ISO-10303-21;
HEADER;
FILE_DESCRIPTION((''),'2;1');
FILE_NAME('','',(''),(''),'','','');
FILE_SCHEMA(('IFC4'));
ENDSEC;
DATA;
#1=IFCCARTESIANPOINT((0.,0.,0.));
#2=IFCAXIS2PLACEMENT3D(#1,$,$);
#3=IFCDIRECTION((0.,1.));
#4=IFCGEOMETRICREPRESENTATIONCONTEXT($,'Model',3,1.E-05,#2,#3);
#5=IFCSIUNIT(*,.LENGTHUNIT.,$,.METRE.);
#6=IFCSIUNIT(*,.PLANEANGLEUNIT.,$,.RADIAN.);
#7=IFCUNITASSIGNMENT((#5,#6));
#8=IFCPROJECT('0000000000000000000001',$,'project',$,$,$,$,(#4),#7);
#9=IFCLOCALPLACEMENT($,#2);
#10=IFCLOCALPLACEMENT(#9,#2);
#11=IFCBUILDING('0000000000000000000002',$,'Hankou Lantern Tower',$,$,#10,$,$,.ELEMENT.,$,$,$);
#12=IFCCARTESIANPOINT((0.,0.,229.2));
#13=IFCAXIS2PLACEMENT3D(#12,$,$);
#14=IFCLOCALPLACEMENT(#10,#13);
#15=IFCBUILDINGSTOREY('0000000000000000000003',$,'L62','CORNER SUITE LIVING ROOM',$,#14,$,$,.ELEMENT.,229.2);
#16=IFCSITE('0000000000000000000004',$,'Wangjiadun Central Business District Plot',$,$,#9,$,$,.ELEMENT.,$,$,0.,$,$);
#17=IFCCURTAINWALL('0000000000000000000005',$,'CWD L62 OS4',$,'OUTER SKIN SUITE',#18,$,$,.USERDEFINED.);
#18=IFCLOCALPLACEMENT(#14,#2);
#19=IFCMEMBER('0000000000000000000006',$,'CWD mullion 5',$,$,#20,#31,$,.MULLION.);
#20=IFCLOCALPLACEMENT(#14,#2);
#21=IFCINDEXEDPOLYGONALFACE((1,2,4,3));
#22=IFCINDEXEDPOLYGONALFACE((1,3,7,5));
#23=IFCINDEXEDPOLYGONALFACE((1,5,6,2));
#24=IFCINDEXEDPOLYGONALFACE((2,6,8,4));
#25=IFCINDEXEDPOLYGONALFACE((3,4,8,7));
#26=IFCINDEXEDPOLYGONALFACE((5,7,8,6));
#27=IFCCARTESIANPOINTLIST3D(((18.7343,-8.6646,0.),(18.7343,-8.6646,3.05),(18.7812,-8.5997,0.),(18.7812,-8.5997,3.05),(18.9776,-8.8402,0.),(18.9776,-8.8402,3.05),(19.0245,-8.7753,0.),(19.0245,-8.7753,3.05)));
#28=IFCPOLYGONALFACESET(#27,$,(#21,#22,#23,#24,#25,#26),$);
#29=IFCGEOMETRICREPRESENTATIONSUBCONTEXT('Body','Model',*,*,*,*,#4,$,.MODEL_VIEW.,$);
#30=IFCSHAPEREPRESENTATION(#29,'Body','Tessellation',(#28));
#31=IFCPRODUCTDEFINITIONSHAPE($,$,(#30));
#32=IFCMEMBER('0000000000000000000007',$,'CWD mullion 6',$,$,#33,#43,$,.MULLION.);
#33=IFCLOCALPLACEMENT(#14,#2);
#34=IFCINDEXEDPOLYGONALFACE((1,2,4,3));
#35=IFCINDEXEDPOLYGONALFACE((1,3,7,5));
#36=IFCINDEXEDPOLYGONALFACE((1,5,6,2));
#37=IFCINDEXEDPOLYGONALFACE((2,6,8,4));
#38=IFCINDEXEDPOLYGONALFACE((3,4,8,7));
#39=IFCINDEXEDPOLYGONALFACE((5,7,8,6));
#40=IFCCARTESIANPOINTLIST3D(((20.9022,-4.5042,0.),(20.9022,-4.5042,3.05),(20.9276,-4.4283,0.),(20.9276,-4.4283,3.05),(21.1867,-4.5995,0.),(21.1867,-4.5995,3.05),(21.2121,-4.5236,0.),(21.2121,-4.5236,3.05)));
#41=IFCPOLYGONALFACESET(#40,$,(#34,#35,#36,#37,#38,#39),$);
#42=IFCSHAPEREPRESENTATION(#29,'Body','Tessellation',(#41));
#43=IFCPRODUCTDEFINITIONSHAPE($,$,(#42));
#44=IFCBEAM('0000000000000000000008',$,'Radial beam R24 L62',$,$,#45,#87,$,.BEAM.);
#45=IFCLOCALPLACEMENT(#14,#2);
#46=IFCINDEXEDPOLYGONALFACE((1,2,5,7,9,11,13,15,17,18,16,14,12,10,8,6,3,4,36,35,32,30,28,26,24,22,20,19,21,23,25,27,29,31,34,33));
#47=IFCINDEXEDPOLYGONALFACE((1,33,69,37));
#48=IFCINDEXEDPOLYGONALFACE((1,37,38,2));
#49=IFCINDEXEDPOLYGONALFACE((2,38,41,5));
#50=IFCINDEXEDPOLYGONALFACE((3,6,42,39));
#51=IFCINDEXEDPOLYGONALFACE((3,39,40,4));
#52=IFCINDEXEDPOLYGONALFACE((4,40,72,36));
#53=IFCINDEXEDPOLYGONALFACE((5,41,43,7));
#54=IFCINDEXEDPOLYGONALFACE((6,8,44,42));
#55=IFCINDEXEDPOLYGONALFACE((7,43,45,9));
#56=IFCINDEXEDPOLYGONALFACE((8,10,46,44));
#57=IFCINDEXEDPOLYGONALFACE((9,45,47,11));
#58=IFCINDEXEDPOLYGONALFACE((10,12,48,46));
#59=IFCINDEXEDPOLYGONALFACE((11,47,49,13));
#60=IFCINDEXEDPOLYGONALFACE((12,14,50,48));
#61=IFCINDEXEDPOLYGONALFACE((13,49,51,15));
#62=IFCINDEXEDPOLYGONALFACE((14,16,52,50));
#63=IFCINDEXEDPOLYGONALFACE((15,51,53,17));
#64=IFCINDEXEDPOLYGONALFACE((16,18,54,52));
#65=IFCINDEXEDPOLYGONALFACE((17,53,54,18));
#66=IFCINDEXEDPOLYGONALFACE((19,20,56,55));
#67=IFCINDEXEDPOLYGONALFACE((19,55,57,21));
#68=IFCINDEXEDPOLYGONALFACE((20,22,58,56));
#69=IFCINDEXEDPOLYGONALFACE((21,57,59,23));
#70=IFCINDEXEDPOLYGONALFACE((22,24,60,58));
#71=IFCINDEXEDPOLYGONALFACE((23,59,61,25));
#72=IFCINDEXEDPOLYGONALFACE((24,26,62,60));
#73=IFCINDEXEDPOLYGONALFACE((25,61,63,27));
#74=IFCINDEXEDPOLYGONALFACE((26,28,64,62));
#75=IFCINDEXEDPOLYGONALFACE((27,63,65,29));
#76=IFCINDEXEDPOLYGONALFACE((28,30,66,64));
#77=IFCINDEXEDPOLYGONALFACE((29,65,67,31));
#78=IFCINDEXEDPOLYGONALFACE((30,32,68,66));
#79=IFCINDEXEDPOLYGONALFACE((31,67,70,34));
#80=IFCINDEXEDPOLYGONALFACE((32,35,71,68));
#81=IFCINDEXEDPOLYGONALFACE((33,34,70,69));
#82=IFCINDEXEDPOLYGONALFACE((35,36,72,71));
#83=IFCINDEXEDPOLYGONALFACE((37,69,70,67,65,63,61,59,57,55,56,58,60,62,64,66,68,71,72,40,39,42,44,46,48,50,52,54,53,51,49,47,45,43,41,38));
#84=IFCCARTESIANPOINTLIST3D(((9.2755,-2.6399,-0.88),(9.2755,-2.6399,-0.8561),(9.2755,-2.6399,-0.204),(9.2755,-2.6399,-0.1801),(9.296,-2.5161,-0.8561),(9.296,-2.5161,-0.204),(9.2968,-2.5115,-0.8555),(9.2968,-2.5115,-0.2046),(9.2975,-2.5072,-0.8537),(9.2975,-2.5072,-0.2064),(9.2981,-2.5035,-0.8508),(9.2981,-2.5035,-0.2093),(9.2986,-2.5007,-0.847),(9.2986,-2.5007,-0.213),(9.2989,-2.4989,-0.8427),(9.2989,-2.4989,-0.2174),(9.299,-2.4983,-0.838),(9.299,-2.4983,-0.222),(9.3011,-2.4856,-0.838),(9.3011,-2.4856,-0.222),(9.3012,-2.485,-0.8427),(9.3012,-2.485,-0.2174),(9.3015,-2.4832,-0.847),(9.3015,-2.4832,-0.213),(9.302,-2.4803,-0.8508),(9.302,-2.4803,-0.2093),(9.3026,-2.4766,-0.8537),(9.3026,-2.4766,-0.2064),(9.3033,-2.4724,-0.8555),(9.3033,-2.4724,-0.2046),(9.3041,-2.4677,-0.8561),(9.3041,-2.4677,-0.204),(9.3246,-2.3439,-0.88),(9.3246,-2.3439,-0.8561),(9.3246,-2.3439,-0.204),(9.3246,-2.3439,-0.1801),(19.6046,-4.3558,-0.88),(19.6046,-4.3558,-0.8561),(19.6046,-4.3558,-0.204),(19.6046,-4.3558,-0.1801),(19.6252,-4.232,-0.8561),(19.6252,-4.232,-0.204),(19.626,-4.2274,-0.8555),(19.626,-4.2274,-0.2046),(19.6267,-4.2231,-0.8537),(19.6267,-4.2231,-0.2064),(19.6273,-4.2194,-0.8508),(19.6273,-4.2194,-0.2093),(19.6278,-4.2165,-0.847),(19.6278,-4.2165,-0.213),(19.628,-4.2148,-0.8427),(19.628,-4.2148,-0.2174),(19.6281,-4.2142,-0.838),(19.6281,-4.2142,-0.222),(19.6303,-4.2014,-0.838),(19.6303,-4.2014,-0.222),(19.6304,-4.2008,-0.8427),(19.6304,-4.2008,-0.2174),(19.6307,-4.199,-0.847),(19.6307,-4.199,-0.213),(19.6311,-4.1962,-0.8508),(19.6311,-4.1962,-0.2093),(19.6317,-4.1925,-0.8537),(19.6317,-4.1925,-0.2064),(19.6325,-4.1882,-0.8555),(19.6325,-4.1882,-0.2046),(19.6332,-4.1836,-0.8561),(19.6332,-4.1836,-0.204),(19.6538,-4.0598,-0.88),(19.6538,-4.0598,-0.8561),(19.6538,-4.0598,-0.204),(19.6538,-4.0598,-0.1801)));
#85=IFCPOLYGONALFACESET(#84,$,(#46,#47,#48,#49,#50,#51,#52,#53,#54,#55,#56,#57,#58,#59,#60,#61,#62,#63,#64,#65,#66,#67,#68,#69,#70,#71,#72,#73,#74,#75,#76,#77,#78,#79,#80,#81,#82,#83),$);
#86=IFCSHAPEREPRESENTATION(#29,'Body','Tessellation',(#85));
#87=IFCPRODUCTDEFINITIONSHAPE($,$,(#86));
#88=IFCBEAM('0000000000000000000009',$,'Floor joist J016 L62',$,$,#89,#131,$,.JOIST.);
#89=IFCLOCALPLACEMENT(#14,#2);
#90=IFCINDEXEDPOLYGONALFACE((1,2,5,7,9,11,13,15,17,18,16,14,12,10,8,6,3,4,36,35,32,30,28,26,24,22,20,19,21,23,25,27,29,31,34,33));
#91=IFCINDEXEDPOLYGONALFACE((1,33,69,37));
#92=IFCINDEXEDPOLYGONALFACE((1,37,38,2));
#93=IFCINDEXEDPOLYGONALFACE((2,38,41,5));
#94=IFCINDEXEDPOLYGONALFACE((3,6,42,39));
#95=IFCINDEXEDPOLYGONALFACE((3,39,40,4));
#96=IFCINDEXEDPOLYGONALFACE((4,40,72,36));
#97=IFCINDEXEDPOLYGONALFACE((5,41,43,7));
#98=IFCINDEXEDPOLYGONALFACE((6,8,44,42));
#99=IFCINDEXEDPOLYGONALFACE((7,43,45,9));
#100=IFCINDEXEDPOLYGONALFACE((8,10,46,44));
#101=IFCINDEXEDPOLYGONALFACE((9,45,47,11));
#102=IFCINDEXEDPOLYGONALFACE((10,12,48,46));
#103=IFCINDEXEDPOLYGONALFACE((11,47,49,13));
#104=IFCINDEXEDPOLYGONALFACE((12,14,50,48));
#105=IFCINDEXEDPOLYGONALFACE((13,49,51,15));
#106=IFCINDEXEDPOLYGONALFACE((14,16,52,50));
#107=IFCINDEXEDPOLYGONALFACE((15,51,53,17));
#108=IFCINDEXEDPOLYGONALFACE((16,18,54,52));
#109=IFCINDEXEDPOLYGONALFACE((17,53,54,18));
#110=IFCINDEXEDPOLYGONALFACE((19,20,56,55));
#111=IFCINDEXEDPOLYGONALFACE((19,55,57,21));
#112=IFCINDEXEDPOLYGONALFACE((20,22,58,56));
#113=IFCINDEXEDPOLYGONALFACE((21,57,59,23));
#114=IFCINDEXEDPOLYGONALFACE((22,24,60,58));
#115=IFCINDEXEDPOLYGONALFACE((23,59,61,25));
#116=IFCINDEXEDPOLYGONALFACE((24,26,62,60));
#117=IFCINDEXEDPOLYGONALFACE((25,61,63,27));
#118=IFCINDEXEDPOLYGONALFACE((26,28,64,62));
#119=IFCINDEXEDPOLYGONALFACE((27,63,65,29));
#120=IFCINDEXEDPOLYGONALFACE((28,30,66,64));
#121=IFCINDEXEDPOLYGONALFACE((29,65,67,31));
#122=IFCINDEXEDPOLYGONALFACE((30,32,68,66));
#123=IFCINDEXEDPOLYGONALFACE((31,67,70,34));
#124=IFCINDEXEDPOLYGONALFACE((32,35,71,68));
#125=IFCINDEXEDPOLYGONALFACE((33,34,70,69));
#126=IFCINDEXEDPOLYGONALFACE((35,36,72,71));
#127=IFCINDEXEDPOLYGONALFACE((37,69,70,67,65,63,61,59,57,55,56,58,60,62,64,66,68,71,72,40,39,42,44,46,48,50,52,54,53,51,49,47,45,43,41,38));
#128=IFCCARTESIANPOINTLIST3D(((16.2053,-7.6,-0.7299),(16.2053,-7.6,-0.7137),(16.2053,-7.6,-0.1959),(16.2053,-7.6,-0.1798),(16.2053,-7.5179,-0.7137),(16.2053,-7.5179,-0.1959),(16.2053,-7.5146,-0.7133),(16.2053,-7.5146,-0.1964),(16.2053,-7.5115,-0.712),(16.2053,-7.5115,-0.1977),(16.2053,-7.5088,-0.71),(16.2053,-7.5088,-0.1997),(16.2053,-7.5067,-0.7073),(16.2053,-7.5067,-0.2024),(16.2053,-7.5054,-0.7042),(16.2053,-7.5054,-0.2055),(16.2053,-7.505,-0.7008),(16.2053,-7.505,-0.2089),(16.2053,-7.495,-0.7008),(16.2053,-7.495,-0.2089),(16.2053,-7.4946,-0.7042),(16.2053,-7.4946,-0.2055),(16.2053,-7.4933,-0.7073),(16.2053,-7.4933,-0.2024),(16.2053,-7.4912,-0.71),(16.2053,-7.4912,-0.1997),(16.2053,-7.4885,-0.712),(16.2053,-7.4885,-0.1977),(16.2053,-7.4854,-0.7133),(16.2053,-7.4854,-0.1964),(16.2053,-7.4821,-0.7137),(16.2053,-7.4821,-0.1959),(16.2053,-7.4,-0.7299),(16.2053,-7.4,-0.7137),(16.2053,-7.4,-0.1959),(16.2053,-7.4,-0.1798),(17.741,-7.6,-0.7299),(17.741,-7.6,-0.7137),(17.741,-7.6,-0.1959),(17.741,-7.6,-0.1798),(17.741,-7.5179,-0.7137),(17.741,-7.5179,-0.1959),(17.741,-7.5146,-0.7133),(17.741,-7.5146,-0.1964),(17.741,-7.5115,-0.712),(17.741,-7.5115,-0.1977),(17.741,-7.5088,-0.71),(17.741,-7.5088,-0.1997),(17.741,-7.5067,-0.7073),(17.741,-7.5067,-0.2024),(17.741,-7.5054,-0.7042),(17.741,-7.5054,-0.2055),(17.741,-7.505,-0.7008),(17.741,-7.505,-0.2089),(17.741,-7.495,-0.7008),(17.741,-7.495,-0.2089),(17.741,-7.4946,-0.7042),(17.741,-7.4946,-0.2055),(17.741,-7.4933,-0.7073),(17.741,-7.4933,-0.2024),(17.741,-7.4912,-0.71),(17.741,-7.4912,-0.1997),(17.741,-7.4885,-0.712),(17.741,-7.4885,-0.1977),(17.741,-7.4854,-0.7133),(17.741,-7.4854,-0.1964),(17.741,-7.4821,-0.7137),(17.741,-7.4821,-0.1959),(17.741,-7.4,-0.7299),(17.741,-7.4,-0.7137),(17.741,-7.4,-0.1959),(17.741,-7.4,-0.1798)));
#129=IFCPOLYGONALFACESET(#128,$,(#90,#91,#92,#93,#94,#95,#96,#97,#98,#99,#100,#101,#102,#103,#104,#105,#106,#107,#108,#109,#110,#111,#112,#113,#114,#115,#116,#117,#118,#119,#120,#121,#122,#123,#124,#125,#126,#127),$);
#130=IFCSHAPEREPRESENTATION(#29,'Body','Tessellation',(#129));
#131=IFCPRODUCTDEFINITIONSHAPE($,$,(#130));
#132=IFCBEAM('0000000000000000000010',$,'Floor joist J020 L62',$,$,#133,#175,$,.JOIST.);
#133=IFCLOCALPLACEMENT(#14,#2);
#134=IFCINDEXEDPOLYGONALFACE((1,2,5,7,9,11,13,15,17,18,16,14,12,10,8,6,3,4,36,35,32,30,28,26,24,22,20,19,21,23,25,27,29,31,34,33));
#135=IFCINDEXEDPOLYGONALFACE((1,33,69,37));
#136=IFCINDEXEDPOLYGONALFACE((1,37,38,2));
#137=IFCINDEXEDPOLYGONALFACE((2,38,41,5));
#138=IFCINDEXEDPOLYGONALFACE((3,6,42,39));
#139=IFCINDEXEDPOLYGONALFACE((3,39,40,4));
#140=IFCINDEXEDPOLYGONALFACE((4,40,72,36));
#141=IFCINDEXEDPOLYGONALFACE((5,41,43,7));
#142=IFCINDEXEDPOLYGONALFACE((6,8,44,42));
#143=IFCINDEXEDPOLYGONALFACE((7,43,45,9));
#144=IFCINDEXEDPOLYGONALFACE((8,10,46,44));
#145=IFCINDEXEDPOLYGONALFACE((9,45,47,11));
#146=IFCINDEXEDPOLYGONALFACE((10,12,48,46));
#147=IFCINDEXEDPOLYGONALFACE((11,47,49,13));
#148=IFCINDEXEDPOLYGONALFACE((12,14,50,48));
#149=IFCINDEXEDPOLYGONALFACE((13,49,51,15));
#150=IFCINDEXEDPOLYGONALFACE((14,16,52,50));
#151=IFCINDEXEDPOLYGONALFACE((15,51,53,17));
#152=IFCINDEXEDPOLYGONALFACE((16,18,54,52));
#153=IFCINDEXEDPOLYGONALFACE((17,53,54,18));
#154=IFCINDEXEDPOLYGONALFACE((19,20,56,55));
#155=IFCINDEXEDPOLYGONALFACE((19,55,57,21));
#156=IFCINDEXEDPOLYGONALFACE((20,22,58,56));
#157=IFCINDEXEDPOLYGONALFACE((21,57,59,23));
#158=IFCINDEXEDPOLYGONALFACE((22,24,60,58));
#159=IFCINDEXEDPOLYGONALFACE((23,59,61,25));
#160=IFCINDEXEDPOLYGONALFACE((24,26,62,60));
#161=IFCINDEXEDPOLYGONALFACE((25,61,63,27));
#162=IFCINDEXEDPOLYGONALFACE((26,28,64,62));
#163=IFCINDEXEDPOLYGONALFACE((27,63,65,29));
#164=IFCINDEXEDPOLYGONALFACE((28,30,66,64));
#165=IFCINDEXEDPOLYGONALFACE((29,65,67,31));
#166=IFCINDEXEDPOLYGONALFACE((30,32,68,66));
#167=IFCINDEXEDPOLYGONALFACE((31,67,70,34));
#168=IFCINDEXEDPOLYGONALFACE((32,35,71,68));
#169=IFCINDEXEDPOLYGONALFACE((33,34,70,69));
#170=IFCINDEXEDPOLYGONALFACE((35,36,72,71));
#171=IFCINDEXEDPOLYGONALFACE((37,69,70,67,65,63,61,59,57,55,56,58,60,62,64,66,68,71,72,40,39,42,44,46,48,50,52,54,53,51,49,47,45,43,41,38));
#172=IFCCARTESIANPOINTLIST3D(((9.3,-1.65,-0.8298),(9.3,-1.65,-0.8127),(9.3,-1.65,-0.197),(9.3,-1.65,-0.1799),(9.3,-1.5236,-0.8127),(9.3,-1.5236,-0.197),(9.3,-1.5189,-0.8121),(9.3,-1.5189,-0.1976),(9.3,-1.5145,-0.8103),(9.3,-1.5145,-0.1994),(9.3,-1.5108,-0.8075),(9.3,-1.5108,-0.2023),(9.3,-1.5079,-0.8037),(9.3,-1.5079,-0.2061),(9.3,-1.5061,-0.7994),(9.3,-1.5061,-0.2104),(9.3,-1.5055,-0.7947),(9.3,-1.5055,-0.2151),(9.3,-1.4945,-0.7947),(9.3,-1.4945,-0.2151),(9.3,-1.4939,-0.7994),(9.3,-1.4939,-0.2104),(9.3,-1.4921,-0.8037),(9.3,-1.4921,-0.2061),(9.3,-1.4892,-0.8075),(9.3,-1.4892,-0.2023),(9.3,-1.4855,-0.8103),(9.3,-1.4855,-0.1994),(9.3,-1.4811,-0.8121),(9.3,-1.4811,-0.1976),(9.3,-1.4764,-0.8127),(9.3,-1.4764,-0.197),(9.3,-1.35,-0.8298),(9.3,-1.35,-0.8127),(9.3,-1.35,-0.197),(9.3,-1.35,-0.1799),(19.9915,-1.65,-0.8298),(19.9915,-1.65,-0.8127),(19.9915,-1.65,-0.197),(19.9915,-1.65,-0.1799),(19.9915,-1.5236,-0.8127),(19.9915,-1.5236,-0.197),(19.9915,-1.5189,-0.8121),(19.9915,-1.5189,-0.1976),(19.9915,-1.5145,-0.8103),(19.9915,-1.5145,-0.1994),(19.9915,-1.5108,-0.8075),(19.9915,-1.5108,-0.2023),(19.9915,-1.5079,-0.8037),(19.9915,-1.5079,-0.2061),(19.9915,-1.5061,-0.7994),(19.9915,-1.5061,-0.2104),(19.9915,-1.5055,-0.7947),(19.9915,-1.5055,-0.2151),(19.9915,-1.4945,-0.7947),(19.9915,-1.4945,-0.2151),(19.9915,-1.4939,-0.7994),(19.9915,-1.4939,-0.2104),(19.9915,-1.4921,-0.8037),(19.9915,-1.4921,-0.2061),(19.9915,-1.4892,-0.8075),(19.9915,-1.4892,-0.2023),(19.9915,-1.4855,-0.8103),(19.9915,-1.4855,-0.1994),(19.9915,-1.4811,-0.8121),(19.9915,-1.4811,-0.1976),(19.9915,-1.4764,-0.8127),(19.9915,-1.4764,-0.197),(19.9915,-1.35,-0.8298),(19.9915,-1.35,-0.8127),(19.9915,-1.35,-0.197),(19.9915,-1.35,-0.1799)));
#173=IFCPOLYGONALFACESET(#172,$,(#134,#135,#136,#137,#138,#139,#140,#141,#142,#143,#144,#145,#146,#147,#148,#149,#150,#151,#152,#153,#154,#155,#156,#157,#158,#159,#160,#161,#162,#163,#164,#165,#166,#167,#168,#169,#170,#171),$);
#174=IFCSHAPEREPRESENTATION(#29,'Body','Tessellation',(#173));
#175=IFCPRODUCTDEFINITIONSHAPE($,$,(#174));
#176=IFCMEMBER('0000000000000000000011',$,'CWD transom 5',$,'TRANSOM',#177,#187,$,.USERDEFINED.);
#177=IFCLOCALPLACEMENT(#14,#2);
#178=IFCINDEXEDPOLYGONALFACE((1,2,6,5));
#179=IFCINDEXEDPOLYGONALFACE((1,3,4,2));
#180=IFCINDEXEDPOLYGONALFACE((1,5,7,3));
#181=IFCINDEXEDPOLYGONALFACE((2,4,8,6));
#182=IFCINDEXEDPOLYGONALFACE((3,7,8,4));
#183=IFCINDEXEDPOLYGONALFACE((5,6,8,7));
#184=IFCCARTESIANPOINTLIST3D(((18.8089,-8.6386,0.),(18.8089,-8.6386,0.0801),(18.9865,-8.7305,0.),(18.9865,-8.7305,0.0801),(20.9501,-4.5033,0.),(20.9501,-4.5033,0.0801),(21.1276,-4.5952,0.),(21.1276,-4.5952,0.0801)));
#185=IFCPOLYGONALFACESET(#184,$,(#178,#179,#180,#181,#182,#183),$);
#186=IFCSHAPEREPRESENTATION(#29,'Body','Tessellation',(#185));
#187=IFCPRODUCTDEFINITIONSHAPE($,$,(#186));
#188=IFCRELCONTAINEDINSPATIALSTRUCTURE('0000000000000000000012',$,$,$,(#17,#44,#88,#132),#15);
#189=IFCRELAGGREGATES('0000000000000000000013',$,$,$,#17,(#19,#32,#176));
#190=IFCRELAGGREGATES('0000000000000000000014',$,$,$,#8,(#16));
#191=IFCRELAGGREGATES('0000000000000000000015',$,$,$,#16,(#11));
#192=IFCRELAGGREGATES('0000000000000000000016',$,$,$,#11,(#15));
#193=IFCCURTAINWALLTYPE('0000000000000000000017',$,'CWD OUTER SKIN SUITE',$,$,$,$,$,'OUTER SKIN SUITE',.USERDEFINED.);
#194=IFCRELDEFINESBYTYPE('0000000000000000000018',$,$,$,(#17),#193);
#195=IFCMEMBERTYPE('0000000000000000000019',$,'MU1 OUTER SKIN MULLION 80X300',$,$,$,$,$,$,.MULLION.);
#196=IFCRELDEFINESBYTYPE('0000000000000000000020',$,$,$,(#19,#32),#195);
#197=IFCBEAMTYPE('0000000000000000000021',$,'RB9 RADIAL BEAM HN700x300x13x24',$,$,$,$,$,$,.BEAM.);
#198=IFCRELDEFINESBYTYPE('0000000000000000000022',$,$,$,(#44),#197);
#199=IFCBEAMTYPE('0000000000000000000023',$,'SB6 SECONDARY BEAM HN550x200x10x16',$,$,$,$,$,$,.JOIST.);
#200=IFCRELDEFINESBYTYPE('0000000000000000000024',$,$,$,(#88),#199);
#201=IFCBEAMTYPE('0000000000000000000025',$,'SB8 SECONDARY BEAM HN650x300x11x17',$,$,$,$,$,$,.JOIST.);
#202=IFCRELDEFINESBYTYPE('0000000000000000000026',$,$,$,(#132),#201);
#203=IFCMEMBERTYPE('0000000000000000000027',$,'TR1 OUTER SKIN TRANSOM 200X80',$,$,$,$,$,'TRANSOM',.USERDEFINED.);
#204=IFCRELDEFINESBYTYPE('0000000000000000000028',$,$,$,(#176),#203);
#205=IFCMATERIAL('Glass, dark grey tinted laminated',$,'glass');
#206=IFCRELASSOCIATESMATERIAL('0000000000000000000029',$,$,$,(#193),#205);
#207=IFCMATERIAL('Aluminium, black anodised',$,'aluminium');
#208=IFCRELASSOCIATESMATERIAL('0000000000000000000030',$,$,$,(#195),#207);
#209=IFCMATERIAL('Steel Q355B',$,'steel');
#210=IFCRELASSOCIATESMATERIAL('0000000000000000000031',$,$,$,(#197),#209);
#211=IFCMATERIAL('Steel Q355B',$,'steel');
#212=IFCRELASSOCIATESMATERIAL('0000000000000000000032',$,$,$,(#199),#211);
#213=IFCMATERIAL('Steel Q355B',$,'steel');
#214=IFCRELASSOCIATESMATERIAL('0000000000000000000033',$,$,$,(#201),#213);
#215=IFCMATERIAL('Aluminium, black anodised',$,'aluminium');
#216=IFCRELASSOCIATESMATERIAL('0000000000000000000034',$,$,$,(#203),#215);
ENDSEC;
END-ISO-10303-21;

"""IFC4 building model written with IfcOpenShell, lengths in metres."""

from ifc_helpers import new_model, si_unit, direction, frame, origin, origin_2d, place, context, subcontext, project, spatial, rectangle, i_section, extrude, material, material_profile, profile_set, type_object, element, aggregate, save


model = new_model("IFC4")

# Units and contexts
model_context = context("Model", 3, precision=1e-05, world=origin(), true_north=direction((0.0, 1.0)))
body_context = subcontext(model_context, "Body", "Model", "MODEL_VIEW")
ifc_project = project(units=[si_unit("LENGTHUNIT", "METRE"), si_unit("PLANEANGLEUNIT", "RADIAN")], contexts=[model_context])

# Site, building, storey
site_placement = place(None, origin())
site = spatial("IfcSite", under=ifc_project, at=site_placement, Name="Wangjiadun Central Business District Plot", CompositionType="ELEMENT", RefElevation=0.0)
building_placement = place(site_placement, origin())
building = spatial("IfcBuilding", under=site, at=building_placement, Name="Hankou Lantern Tower", CompositionType="ELEMENT")
storey_placement = place(building_placement, frame((0.0, 0.0, 229.2)))
storey = spatial("IfcBuildingStorey", under=building, at=storey_placement, Name="L62", Description="CORNER SUITE LIVING ROOM", CompositionType="ELEMENT", Elevation=229.2)

# Curtain wall, members
ifc_material_1 = material(Name="Glass, dark grey tinted laminated", Category="glass")
curtain_wall_type = type_object("IfcCurtainWallType", Name="CWD OUTER SKIN SUITE", ElementType="OUTER SKIN SUITE", PredefinedType="USERDEFINED", material=ifc_material_1)
curtain_wall_placement = place(storey_placement, origin())
curtain_wall = element("IfcCurtainWall", 1, at=curtain_wall_placement, inside=storey, type_object=curtain_wall_type, Name="CWD L62 OS4", ObjectType="OUTER SKIN SUITE", PredefinedType="USERDEFINED")
ifc_material_2 = material(Name="Aluminium, black anodised", Category="aluminium")
ifc_material_profile_1 = material_profile(ifc_material_2, rectangle(XDim=0.0801, YDim=0.3, at=origin_2d()), Name="MU1 80X300")
ifc_profile_set_1 = profile_set([ifc_material_profile_1], Name="Aluminium, black anodised")
member_type_1 = type_object("IfcMemberType", Name="MU1 OUTER SKIN MULLION 80X300", PredefinedType="MULLION", material=ifc_profile_set_1)
member_1_placement = place(storey_placement, frame((18.8794, -8.72, 0.0), z_axis=(0.0, 0.0, 1.0), x_axis=(0.585206, 0.810885, 0.0)))
member_1 = element("IfcMember", 2, at=member_1_placement, type_object=member_type_1, Name="CWD mullion 5", PredefinedType="MULLION", context=body_context, shape_type="SweptSolid", body=[
    extrude(rectangle(XDim=0.0801, YDim=0.3, at=origin_2d()), origin(), (0.0, 0.0, 1.0), 3.05),
])
member_2_placement = place(storey_placement, frame((21.0571, -4.5139, 0.0), z_axis=(0.0, 0.0, 1.0), x_axis=(0.317596, 0.948226, 0.0)))
member_2 = element("IfcMember", 3, at=member_2_placement, type_object=member_type_1, Name="CWD mullion 6", PredefinedType="MULLION", context=body_context, shape_type="SweptSolid", body=[
    extrude(rectangle(XDim=0.0801, YDim=0.3, at=origin_2d()), origin(), (0.0, 0.0, 1.0), 3.05),
])

# Beams
ifc_material_3 = material(Name="Steel Q355B", Category="steel")
ifc_material_profile_2 = material_profile(ifc_material_3, i_section(OverallWidth=0.3, OverallDepth=0.7, WebThickness=0.0129, FlangeThickness=0.0239, FilletRadius=0.0181, at=origin_2d()), Name="HN700x300x13x24")
ifc_profile_set_2 = profile_set([ifc_material_profile_2], Name="Steel Q355B")
beam_type_1 = type_object("IfcBeamType", Name="RB9 RADIAL BEAM HN700x300x13x24", PredefinedType="BEAM", material=ifc_profile_set_2)
beam_1_placement = place(storey_placement, frame((9.3, -2.4919, -0.53), z_axis=(0.986482, -0.16387, 0.0), x_axis=(0.16387, 0.986482, 0.0)))
element("IfcBeam", 4, at=beam_1_placement, inside=storey, type_object=beam_type_1, Name="Radial beam R24 L62", PredefinedType="BEAM", context=body_context, shape_type="SweptSolid", body=[
    extrude(i_section(OverallWidth=0.3, OverallDepth=0.7, WebThickness=0.0129, FlangeThickness=0.0239, FilletRadius=0.0181, at=origin_2d()), origin(), (0.0, 0.0, 1.0), 10.4707),
])
ifc_material_4 = material(Name="Steel Q355B", Category="steel")
ifc_material_profile_3 = material_profile(ifc_material_4, i_section(OverallWidth=0.2, OverallDepth=0.55, WebThickness=0.01, FlangeThickness=0.0161, FilletRadius=0.0129, at=origin_2d()), Name="HN550x200x10x16")
ifc_profile_set_3 = profile_set([ifc_material_profile_3], Name="Steel Q355B")
beam_type_2 = type_object("IfcBeamType", Name="SB6 SECONDARY BEAM HN550x200x10x16", PredefinedType="JOIST", material=ifc_profile_set_3)
beam_2_placement = place(storey_placement, frame((16.2053, -7.5, -0.4548), z_axis=(1.0, 0.0, 0.0), x_axis=(0.0, 1.0, 0.0)))
element("IfcBeam", 5, at=beam_2_placement, inside=storey, type_object=beam_type_2, Name="Floor joist J016 L62", PredefinedType="JOIST", context=body_context, shape_type="SweptSolid", body=[
    extrude(i_section(OverallWidth=0.2, OverallDepth=0.55, WebThickness=0.01, FlangeThickness=0.0161, FilletRadius=0.0129, at=origin_2d()), origin(), (0.0, 0.0, 1.0), 1.5356),
])
ifc_material_5 = material(Name="Steel Q355B", Category="steel")
ifc_material_profile_4 = material_profile(ifc_material_5, i_section(OverallWidth=0.3, OverallDepth=0.6499, WebThickness=0.011, FlangeThickness=0.0171, FilletRadius=0.0181, at=origin_2d()), Name="HN650x300x11x17")
ifc_profile_set_4 = profile_set([ifc_material_profile_4], Name="Steel Q355B")
beam_type_3 = type_object("IfcBeamType", Name="SB8 SECONDARY BEAM HN650x300x11x17", PredefinedType="JOIST", material=ifc_profile_set_4)
beam_3_placement = place(storey_placement, frame((9.3, -1.5, -0.5049), z_axis=(1.0, 0.0, 0.0), x_axis=(0.0, 1.0, 0.0)))
element("IfcBeam", 6, at=beam_3_placement, inside=storey, type_object=beam_type_3, Name="Floor joist J020 L62", PredefinedType="JOIST", context=body_context, shape_type="SweptSolid", body=[
    extrude(i_section(OverallWidth=0.3, OverallDepth=0.6499, WebThickness=0.011, FlangeThickness=0.0171, FilletRadius=0.0181, at=origin_2d()), origin(), (0.0, 0.0, 1.0), 10.6914),
])

# Member
ifc_material_6 = material(Name="Aluminium, black anodised", Category="aluminium")
ifc_material_profile_5 = material_profile(ifc_material_6, rectangle(XDim=0.2, YDim=0.0801, at=origin_2d()), Name="TR1 200X80")
ifc_profile_set_5 = profile_set([ifc_material_profile_5], Name="Aluminium, black anodised")
member_type_2 = type_object("IfcMemberType", Name="TR1 OUTER SKIN TRANSOM 200X80", ElementType="TRANSOM", PredefinedType="USERDEFINED", material=ifc_profile_set_5)
member_3_placement = place(storey_placement, frame((18.8977, -8.6846, 0.04), z_axis=(0.459794, 0.888026, 0.0), x_axis=(-0.888026, 0.459794, 0.0)))
member_3 = element("IfcMember", 7, at=member_3_placement, type_object=member_type_2, Name="CWD transom 5", ObjectType="TRANSOM", PredefinedType="USERDEFINED", context=body_context, shape_type="SweptSolid", body=[
    extrude(rectangle(XDim=0.2, YDim=0.0801, at=origin_2d()), origin(), (0.0, 0.0, 1.0), 4.6567),
])

aggregate(curtain_wall, [member_1, member_2, member_3])

save(model, "model.ifc")
